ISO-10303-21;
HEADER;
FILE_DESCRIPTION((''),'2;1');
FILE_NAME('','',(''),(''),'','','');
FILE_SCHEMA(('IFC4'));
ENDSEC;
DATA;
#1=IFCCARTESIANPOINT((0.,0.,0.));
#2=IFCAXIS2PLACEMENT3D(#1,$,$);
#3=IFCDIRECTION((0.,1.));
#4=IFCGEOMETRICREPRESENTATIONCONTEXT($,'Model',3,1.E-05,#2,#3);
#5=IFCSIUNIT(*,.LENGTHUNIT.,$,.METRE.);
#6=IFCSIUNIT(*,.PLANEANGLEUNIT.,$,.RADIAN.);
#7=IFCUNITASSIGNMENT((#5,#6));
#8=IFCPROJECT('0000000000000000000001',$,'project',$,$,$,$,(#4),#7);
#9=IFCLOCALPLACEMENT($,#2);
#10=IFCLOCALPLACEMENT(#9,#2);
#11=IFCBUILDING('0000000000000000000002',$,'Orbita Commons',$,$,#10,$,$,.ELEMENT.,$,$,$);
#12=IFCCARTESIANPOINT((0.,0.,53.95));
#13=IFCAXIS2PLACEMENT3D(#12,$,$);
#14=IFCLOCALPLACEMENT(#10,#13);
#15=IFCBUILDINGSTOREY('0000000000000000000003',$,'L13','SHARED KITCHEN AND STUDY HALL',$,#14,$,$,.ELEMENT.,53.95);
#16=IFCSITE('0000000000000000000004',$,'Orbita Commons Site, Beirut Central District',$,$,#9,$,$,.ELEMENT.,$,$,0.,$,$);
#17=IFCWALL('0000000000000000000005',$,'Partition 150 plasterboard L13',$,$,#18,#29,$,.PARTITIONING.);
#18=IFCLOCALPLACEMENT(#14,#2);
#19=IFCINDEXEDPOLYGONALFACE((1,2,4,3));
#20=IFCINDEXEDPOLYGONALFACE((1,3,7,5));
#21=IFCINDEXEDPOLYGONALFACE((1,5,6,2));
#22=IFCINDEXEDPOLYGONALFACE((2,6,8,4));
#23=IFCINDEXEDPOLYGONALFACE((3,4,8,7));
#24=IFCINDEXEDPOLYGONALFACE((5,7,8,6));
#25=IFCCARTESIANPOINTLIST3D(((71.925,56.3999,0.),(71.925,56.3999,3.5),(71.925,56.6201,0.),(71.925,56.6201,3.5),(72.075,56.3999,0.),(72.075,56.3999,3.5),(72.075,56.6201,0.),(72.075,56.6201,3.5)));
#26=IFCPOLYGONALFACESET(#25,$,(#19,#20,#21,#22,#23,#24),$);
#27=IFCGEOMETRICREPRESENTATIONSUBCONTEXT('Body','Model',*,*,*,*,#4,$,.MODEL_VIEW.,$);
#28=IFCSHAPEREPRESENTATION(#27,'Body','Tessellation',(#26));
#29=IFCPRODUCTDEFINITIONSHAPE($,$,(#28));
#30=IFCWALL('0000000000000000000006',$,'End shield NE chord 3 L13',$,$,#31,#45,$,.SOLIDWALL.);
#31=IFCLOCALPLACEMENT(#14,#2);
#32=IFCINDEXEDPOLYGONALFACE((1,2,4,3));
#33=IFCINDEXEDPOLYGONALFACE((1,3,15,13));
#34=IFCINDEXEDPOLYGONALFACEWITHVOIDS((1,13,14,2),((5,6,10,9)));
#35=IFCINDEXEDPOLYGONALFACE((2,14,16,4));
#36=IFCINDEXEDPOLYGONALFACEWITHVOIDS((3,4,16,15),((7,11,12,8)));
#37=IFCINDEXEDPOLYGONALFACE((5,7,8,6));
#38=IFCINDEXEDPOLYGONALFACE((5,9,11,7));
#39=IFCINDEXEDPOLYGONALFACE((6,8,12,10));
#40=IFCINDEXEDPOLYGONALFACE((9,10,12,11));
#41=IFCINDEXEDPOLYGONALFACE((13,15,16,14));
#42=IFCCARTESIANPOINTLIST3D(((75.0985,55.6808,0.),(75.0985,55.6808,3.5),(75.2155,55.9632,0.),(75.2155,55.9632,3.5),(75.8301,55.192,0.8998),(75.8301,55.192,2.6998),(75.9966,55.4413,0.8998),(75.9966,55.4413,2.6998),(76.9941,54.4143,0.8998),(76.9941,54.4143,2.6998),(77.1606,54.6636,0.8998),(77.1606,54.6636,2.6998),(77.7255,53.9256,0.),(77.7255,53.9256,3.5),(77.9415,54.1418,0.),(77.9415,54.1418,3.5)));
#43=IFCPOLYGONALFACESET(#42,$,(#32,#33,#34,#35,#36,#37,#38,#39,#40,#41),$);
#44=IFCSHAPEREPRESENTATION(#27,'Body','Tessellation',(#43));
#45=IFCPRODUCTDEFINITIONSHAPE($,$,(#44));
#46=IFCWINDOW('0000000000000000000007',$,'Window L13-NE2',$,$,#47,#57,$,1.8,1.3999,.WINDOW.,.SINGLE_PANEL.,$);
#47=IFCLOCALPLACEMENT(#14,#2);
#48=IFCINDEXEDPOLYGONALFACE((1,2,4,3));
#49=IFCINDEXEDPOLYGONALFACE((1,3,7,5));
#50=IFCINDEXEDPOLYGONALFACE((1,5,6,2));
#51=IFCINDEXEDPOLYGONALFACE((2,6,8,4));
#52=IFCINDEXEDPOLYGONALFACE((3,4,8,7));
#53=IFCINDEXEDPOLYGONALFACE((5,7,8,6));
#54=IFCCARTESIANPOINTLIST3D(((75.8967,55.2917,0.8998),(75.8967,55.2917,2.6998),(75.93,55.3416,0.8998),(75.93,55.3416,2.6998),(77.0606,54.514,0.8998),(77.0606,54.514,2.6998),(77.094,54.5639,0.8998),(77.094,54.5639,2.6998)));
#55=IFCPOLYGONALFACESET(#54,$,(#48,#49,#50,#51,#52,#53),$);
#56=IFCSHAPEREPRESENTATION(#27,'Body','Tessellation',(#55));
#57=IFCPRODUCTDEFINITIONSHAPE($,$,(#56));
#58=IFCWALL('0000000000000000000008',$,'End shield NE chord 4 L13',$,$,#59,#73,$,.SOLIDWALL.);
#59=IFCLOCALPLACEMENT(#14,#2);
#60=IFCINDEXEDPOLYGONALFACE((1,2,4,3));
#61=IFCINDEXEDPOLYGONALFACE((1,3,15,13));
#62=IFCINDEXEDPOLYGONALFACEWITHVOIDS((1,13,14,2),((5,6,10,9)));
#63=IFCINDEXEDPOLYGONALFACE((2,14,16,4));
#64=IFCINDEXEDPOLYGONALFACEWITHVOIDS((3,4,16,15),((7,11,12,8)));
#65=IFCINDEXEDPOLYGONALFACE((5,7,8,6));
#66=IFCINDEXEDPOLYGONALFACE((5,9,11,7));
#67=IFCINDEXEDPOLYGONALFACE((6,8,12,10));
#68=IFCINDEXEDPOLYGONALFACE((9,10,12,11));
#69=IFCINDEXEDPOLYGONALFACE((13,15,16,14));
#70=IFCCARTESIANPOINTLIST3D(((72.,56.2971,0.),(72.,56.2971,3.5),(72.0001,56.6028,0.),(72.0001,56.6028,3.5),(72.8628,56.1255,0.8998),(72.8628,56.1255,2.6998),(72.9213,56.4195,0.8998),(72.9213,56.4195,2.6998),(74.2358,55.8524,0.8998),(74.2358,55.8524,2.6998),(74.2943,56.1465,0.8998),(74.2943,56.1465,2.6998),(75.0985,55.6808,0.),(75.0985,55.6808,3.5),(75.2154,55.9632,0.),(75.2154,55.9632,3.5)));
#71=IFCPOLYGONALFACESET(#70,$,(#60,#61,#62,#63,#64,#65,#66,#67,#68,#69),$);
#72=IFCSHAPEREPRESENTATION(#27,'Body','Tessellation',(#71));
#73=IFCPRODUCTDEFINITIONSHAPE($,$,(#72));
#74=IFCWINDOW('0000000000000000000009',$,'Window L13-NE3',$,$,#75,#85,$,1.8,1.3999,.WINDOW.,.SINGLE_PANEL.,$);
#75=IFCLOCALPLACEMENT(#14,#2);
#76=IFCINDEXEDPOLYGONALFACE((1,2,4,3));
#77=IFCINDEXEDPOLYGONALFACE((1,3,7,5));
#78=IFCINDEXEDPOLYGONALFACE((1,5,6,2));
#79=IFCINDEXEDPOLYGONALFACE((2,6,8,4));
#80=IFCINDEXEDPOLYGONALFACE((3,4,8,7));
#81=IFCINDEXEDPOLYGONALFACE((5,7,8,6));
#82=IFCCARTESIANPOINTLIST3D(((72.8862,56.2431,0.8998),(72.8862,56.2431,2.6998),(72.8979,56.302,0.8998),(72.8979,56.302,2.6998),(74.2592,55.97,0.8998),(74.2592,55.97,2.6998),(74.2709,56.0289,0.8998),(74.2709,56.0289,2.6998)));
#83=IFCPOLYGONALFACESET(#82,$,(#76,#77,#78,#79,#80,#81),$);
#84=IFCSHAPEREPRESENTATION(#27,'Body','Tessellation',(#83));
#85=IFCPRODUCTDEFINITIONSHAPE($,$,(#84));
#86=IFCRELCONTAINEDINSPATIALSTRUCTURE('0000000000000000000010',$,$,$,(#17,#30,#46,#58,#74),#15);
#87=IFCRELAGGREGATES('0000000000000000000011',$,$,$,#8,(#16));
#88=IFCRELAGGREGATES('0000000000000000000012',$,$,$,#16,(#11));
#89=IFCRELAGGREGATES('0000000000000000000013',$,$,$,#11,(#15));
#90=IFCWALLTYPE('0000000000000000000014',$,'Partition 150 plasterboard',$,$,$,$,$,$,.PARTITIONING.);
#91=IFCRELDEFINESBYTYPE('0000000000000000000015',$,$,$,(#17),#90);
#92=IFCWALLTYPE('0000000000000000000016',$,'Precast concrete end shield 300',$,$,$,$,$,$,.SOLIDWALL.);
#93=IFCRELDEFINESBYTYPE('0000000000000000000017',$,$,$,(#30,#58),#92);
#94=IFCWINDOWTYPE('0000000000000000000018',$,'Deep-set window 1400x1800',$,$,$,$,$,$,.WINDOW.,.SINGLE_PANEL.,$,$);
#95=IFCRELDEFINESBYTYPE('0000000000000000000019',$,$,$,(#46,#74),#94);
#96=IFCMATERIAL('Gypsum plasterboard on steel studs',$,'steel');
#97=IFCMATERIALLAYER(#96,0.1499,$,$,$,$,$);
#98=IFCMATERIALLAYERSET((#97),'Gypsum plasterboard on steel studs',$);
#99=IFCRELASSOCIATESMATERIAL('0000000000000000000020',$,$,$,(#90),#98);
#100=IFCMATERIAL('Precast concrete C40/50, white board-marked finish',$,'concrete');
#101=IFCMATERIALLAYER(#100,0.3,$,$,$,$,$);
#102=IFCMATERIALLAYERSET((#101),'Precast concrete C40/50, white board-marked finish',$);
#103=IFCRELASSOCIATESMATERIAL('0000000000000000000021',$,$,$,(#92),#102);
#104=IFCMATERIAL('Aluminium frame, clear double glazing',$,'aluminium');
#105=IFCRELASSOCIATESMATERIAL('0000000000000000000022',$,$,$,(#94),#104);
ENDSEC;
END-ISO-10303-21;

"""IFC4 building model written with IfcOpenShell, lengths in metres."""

from ifc_helpers import new_model, si_unit, direction, frame, frame_2d, origin, place, context, subcontext, project, spatial, polyline, rectangle, outline, extrude, material, layer, layer_set, type_object, element, fill, save


model = new_model("IFC4")

# Units and contexts
model_context = context("Model", 3, precision=1e-05, world=origin(), true_north=direction((0.0, 1.0)))
body_context = subcontext(model_context, "Body", "Model", "MODEL_VIEW")
ifc_project = project(units=[si_unit("LENGTHUNIT", "METRE"), si_unit("PLANEANGLEUNIT", "RADIAN")], contexts=[model_context])

# Site, building, storey
site_placement = place(None, origin())
site = spatial("IfcSite", under=ifc_project, at=site_placement, Name="Orbita Commons Site, Beirut Central District", CompositionType="ELEMENT", RefElevation=0.0)
building_placement = place(site_placement, origin())
building = spatial("IfcBuilding", under=site, at=building_placement, Name="Orbita Commons", CompositionType="ELEMENT")
storey_placement = place(building_placement, frame((0.0, 0.0, 53.95)))
storey = spatial("IfcBuildingStorey", under=building, at=storey_placement, Name="L13", Description="SHARED KITCHEN AND STUDY HALL", CompositionType="ELEMENT", Elevation=53.95)

# Wall
ifc_material_1 = material(Name="Gypsum plasterboard on steel studs", Category="steel")
ifc_layer_1 = layer(ifc_material_1, 0.1499)
ifc_layer_set_1 = layer_set([ifc_layer_1], Name="Gypsum plasterboard on steel studs")
wall_type_1 = type_object("IfcWallType", Name="Partition 150 plasterboard", PredefinedType="PARTITIONING", material=ifc_layer_set_1)
wall_1_placement = place(storey_placement, frame((72.0, 56.3999, 0.0), z_axis=(0.0, 0.0, 1.0), x_axis=(0.0, 1.0, 0.0)))
element("IfcWall", 1, at=wall_1_placement, inside=storey, type_object=wall_type_1, Name="Partition 150 plasterboard L13", PredefinedType="PARTITIONING", context=body_context, shape_type="SweptSolid", body=[
    extrude(rectangle(XDim=0.2202, YDim=0.1499, at=frame_2d((0.1101, 0.0))), origin(), (0.0, 0.0, 1.0), 3.5),
])

# Walls, openings, windows
ifc_material_2 = material(Name="Precast concrete C40/50, white board-marked finish", Category="concrete")
ifc_layer_2 = layer(ifc_material_2, 0.3)
ifc_layer_set_2 = layer_set([ifc_layer_2], Name="Precast concrete C40/50, white board-marked finish")
wall_type_2 = type_object("IfcWallType", Name="Precast concrete end shield 300", PredefinedType="SOLIDWALL", material=ifc_layer_set_2)
wall_2_placement = place(storey_placement, frame((77.8335, 54.0337, 0.0), z_axis=(0.0, 0.0, 1.0), x_axis=(-0.831478, 0.555558, 0.0)))
wall_2 = element("IfcWall", 2, at=wall_2_placement, inside=storey, type_object=wall_type_2, Name="End shield NE chord 3 L13", PredefinedType="SOLIDWALL", context=body_context, shape_type="SweptSolid", body=[
    extrude(outline(polyline([(-0.0298, -0.1499), (3.2488, -0.1499), (3.1892, 0.1499), (0.0298, 0.1499), (-0.0298, -0.1499)])), origin(), (0.0, 0.0, 1.0), 3.5),
])
opening_1_placement = place(wall_2_placement, frame((0.9094, 0.0, 0.8999)))
opening_1 = element("IfcOpeningElement", 3, at=opening_1_placement, cuts=wall_2, PredefinedType="OPENING", context=body_context, shape_type="SweptSolid", body=[
    extrude(rectangle(XDim=1.3999, YDim=1.8, at=frame_2d((0.7, 0.8999))), frame((0.0, 0.1599, 0.0), z_axis=(0.0, -1.0, 0.0), x_axis=(1.0, 0.0, 0.0)), (0.0, 0.0, 1.0), 0.3201),
])
ifc_material_3 = material(Name="Aluminium frame, clear double glazing", Category="aluminium")
window_type = type_object("IfcWindowType", Name="Deep-set window 1400x1800", PartitioningType="SINGLE_PANEL", PredefinedType="WINDOW", material=ifc_material_3)
window_1_placement = place(opening_1_placement, origin())
window_1 = element("IfcWindow", 4, at=window_1_placement, inside=storey, type_object=window_type, Name="Window L13-NE2", OverallHeight=1.8, OverallWidth=1.3999, PartitioningType="SINGLE_PANEL", PredefinedType="WINDOW", context=body_context, shape_type="SweptSolid", body=[
    extrude(rectangle(XDim=1.3999, YDim=1.8, at=frame_2d((0.7, 0.8999))), frame((0.0, 0.03, 0.0), z_axis=(0.0, -1.0, 0.0), x_axis=(1.0, 0.0, 0.0)), (0.0, 0.0, 1.0), 0.0601),
])
fill(opening_1, window_1)
wall_3_placement = place(storey_placement, frame((75.157, 55.822, 0.0), z_axis=(0.0, 0.0, 1.0), x_axis=(-0.980787, 0.19508, 0.0)))
wall_3 = element("IfcWall", 5, at=wall_3_placement, inside=storey, type_object=wall_type_2, Name="End shield NE chord 4 L13", PredefinedType="SOLIDWALL", context=body_context, shape_type="SweptSolid", body=[
    extrude(outline(polyline([(-0.0298, -0.1499), (3.2485, -0.1499), (3.189, 0.1499), (0.0298, 0.1499), (-0.0298, -0.1499)])), origin(), (0.0, 0.0, 1.0), 3.5),
])
opening_2_placement = place(wall_3_placement, frame((0.9094, 0.0, 0.8999)))
opening_2 = element("IfcOpeningElement", 6, at=opening_2_placement, cuts=wall_3, PredefinedType="OPENING", context=body_context, shape_type="SweptSolid", body=[
    extrude(rectangle(XDim=1.3999, YDim=1.8, at=frame_2d((0.7, 0.8999))), frame((0.0, 0.1599, 0.0), z_axis=(0.0, -1.0, 0.0), x_axis=(1.0, 0.0, 0.0)), (0.0, 0.0, 1.0), 0.3201),
])
window_2_placement = place(opening_2_placement, origin())
window_2 = element("IfcWindow", 7, at=window_2_placement, inside=storey, type_object=window_type, Name="Window L13-NE3", OverallHeight=1.8, OverallWidth=1.3999, PartitioningType="SINGLE_PANEL", PredefinedType="WINDOW", context=body_context, shape_type="SweptSolid", body=[
    extrude(rectangle(XDim=1.3999, YDim=1.8, at=frame_2d((0.7, 0.8999))), frame((0.0, 0.03, 0.0), z_axis=(0.0, -1.0, 0.0), x_axis=(1.0, 0.0, 0.0)), (0.0, 0.0, 1.0), 0.0601),
])
fill(opening_2, window_2)

save(model, "model.ifc")
